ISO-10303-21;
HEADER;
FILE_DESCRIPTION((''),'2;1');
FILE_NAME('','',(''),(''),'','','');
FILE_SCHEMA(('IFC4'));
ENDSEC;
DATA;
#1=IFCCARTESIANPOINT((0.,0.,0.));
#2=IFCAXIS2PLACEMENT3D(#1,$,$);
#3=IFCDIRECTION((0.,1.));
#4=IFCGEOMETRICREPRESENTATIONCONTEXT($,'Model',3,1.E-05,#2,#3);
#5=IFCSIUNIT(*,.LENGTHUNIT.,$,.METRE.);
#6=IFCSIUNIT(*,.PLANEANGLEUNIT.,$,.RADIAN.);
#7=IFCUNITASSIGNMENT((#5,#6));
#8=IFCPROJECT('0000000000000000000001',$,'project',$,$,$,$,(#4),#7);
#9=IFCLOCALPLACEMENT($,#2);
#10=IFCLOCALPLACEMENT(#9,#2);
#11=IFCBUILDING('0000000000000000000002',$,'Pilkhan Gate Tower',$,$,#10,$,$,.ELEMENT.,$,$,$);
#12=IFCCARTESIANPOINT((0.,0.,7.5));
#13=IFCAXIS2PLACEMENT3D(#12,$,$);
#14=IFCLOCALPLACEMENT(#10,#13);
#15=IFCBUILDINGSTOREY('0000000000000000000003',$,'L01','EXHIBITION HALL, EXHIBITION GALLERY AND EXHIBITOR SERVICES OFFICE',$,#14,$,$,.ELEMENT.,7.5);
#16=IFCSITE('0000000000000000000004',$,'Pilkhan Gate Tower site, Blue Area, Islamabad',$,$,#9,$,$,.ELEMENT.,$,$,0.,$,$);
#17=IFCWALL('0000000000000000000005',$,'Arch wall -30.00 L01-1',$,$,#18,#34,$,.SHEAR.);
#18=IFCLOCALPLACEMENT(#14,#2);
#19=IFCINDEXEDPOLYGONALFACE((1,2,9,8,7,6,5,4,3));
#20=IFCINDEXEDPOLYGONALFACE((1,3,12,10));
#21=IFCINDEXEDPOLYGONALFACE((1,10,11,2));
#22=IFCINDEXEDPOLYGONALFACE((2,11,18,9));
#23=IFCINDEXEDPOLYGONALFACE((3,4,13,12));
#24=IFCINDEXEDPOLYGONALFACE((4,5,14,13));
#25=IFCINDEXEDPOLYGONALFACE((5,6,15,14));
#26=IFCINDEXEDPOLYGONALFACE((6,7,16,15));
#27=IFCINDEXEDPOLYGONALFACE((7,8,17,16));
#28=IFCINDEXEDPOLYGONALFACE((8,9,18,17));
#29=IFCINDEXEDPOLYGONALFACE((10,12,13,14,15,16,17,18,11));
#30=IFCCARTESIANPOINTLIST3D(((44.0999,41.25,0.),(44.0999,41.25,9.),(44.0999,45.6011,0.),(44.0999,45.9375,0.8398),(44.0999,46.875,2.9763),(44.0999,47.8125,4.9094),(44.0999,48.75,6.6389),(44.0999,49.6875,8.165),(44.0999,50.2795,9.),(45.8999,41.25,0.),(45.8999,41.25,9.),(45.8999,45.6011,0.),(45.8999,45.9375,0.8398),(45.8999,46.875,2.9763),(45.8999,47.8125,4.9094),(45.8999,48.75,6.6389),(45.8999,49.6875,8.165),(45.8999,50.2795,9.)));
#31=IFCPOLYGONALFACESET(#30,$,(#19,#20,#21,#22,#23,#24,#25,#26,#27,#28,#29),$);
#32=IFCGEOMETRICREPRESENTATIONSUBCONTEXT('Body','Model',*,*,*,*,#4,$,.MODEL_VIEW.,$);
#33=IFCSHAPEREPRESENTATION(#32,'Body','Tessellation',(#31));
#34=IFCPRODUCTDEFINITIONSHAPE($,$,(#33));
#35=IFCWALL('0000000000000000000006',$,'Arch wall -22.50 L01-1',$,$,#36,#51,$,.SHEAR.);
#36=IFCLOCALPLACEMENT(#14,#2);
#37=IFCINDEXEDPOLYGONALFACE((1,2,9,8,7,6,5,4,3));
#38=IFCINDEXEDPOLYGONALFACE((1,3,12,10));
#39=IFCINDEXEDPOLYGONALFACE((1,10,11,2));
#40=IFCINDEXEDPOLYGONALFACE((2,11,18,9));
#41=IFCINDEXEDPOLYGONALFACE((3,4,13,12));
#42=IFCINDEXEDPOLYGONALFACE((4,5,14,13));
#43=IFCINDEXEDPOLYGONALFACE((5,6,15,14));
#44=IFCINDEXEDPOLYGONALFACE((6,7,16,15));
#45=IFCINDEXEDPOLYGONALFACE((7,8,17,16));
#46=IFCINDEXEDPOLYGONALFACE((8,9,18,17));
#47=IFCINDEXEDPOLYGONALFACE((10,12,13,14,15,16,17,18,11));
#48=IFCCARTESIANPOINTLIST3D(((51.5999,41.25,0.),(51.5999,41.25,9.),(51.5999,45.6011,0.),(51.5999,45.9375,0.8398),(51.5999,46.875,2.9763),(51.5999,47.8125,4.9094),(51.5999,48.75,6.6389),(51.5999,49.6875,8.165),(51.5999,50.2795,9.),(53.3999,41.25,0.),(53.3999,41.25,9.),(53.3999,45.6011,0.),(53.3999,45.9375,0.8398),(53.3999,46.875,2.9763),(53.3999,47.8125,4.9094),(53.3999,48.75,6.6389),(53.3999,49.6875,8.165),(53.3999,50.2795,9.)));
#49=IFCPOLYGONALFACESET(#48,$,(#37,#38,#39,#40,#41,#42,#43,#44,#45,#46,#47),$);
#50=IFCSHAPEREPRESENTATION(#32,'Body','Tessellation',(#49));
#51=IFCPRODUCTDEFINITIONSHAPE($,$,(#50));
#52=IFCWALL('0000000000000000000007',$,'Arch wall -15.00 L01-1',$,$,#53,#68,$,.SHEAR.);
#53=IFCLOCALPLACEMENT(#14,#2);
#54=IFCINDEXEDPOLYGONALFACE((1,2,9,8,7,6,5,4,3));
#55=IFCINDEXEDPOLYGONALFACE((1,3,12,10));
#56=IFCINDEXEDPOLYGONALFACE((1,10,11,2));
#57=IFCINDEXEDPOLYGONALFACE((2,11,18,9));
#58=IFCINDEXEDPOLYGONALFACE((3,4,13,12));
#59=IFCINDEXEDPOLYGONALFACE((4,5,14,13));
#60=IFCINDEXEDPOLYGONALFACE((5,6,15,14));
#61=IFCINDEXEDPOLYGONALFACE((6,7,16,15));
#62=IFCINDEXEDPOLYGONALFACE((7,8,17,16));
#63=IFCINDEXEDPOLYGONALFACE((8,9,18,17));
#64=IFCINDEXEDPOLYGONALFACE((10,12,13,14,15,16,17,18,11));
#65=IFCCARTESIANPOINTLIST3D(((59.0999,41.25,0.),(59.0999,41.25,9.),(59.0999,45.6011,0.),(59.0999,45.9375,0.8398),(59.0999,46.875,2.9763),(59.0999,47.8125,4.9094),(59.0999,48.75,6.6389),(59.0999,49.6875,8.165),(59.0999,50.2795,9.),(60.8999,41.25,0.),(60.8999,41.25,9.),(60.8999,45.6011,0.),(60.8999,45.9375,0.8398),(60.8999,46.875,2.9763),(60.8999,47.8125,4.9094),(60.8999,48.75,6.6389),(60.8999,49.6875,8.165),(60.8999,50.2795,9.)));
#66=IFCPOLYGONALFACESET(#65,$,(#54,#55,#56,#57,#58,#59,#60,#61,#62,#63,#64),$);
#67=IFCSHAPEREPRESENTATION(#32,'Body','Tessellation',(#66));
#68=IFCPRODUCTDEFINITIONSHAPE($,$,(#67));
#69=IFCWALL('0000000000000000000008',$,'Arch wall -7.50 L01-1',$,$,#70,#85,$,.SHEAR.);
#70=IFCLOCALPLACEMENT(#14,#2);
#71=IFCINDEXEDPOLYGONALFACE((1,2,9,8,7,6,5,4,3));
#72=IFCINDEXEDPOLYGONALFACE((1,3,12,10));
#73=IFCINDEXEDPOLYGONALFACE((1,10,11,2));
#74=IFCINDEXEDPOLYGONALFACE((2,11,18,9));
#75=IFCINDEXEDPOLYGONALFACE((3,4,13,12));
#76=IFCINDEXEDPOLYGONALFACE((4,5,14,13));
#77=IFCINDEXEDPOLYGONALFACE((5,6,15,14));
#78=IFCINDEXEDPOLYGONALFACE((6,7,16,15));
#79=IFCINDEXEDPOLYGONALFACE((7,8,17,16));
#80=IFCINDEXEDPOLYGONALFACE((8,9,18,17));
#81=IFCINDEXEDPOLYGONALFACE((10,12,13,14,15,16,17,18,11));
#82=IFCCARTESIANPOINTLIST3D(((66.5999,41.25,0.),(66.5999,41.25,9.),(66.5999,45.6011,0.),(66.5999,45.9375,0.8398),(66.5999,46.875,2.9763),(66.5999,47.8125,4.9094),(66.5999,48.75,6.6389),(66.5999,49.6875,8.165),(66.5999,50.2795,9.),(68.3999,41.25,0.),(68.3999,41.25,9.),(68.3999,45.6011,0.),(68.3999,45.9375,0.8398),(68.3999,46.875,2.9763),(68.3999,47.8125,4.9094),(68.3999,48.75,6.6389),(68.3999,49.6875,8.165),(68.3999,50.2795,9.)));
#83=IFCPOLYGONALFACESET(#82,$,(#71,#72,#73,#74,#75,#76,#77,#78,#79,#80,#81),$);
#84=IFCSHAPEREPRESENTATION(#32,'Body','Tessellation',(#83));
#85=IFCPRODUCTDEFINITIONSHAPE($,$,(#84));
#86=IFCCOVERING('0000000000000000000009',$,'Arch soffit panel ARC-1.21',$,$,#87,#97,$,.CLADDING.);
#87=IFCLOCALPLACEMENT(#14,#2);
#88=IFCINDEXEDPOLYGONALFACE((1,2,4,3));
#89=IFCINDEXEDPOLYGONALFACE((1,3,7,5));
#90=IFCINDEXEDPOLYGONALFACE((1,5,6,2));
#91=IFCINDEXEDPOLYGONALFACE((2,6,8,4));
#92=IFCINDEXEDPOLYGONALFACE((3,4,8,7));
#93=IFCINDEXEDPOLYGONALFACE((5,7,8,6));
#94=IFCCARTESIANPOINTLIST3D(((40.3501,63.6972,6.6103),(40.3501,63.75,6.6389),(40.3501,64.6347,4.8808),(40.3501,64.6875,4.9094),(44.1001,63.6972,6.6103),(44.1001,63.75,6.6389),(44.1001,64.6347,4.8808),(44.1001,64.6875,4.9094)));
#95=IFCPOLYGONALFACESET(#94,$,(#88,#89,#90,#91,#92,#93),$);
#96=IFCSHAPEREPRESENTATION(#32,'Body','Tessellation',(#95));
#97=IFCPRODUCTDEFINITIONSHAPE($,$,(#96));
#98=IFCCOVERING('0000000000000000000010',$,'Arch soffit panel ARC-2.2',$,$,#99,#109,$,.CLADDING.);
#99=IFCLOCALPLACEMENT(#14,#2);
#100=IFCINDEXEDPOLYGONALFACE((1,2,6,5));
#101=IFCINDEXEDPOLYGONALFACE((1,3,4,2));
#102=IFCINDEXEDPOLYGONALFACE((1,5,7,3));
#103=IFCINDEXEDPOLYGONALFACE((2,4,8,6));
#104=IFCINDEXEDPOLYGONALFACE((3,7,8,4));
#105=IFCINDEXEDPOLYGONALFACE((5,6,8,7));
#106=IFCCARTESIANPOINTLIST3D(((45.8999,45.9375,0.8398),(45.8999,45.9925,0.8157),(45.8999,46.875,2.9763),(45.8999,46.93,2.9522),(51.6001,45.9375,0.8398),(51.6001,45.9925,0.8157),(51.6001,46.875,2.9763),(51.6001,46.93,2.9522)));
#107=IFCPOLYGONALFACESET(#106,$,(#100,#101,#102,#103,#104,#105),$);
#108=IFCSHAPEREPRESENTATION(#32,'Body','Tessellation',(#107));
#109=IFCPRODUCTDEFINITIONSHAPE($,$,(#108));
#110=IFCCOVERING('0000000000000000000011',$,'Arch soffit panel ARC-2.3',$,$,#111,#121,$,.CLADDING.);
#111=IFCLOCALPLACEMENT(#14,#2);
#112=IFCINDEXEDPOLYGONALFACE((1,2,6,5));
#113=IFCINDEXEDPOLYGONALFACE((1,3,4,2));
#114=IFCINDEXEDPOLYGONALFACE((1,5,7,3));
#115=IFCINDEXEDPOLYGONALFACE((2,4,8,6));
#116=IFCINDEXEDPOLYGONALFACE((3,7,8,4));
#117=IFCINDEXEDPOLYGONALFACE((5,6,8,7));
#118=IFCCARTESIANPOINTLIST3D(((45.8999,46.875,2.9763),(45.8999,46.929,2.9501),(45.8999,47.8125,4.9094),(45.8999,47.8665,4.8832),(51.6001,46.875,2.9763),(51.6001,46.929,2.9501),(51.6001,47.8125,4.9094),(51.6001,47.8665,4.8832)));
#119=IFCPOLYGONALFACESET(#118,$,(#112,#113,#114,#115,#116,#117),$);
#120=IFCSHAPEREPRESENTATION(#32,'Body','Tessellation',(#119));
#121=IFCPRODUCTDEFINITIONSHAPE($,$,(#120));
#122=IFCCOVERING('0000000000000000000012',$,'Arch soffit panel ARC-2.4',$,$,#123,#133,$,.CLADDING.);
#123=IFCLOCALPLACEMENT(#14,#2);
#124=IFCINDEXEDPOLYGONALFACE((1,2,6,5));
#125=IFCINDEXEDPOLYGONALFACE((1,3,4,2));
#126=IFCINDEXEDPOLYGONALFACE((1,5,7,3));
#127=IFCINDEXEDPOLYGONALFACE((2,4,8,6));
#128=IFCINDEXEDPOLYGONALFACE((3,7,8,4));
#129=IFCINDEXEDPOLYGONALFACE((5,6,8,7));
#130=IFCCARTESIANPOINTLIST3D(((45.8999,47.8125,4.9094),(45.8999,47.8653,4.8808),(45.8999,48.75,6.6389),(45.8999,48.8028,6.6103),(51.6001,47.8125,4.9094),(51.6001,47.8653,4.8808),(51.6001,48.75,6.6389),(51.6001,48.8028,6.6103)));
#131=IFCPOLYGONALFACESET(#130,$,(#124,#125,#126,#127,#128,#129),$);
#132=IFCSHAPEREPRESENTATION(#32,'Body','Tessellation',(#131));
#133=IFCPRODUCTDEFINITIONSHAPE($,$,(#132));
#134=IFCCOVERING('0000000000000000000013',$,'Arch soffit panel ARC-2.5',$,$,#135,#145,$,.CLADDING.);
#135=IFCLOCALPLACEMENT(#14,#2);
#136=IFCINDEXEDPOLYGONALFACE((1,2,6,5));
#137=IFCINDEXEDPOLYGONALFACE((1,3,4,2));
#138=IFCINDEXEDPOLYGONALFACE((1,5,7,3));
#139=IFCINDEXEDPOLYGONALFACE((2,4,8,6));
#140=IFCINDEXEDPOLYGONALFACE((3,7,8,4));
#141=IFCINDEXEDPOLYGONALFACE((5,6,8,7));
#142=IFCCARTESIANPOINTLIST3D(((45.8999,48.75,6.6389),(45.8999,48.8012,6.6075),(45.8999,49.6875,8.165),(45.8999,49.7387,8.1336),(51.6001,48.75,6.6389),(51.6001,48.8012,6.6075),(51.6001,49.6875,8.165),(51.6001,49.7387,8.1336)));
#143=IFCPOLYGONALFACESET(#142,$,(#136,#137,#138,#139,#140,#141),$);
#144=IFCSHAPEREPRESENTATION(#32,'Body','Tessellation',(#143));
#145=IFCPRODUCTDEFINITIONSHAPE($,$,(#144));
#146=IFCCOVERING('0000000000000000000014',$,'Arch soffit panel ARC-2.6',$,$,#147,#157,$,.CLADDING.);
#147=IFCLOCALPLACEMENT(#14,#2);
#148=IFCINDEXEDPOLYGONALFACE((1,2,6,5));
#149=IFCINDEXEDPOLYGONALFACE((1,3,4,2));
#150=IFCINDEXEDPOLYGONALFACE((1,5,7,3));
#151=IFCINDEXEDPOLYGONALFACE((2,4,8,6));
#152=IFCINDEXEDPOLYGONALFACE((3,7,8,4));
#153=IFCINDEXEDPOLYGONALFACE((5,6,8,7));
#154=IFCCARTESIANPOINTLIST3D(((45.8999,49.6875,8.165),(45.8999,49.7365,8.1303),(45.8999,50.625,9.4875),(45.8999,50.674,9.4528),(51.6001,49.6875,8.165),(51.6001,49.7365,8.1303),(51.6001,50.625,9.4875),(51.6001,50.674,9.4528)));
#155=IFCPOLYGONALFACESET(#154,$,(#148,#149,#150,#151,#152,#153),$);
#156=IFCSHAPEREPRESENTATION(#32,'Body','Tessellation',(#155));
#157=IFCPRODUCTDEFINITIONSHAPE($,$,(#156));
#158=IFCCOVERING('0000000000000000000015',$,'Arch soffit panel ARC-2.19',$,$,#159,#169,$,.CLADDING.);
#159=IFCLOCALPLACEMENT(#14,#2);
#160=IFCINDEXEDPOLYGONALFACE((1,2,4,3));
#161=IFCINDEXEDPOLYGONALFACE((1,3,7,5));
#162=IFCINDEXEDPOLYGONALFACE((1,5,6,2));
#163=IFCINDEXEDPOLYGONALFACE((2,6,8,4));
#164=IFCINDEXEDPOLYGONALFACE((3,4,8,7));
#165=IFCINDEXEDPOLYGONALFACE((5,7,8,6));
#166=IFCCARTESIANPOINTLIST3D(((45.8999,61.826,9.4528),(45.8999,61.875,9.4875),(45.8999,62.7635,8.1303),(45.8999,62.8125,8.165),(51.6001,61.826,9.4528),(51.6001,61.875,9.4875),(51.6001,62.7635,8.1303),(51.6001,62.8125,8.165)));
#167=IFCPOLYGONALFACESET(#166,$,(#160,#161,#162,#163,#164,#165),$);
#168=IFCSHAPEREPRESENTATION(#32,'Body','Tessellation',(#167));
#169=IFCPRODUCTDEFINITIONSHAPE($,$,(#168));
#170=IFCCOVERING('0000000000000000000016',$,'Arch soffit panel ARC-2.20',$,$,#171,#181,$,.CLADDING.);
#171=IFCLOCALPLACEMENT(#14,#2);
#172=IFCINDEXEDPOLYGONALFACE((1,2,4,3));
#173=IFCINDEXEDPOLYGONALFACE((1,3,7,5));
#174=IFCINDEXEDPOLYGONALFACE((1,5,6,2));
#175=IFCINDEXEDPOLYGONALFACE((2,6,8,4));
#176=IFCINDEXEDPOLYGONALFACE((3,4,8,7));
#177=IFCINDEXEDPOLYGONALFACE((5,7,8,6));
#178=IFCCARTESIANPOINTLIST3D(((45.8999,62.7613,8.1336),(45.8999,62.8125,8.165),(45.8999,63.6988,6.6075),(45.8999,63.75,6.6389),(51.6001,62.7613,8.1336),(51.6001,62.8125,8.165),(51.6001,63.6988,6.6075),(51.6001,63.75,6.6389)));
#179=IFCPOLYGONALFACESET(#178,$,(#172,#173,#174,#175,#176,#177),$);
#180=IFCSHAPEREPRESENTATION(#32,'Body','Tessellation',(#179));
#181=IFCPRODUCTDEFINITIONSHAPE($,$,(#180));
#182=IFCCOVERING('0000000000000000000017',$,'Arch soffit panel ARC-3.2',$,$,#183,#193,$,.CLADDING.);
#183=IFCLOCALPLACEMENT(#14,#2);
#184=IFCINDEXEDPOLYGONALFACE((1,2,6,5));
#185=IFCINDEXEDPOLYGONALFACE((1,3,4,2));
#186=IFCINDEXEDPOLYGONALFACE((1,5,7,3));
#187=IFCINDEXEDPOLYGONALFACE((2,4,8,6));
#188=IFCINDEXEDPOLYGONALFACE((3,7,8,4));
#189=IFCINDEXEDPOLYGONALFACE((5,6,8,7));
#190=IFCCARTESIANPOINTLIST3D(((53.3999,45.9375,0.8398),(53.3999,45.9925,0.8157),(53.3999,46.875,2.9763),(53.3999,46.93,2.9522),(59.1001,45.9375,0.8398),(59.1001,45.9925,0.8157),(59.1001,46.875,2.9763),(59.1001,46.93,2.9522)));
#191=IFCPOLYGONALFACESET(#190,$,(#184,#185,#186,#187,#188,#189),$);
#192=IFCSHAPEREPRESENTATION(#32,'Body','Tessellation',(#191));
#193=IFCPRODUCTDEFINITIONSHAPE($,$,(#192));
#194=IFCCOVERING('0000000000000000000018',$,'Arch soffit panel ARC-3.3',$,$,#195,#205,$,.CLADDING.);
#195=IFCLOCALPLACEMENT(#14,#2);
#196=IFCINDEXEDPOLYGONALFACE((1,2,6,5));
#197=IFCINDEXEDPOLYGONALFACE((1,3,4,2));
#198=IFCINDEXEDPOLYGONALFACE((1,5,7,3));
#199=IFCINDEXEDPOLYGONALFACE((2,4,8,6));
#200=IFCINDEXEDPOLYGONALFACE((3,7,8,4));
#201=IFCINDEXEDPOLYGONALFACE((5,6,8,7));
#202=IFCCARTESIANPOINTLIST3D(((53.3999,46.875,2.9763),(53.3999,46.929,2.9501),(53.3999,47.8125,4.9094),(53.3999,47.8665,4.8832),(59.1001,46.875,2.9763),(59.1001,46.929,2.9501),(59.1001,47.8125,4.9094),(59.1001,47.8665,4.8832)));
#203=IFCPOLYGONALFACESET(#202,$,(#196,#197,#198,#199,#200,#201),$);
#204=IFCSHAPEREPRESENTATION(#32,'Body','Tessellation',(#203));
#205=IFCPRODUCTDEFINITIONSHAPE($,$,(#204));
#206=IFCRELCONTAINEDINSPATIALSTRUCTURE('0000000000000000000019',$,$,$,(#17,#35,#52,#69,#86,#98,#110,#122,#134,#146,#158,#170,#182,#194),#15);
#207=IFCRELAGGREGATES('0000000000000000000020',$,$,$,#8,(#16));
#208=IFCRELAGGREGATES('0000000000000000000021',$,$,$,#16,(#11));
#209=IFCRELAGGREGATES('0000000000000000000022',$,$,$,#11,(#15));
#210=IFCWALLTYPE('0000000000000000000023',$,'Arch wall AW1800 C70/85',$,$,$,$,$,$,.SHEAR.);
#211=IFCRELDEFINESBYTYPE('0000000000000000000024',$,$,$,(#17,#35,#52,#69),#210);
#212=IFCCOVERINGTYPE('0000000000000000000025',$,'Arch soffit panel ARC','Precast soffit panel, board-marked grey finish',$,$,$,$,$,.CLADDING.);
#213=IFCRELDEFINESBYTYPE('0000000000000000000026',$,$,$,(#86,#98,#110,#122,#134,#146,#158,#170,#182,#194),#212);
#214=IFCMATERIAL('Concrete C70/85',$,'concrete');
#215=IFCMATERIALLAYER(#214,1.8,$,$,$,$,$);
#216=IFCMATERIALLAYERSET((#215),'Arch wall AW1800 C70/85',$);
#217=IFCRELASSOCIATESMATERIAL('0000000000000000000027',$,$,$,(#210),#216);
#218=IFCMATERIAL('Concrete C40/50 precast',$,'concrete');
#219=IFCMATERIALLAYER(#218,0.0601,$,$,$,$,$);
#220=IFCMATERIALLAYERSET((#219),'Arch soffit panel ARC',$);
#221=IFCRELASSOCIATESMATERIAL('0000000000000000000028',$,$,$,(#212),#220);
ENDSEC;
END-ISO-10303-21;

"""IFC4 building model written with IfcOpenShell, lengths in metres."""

from ifc_helpers import new_model, si_unit, direction, frame, origin, place, context, subcontext, project, spatial, polyline, outline, extrude, material, layer, layer_set, type_object, element, save


model = new_model("IFC4")

# Units and contexts
model_context = context("Model", 3, precision=1e-05, world=origin(), true_north=direction((0.0, 1.0)))
body_context = subcontext(model_context, "Body", "Model", "MODEL_VIEW")
ifc_project = project(units=[si_unit("LENGTHUNIT", "METRE"), si_unit("PLANEANGLEUNIT", "RADIAN")], contexts=[model_context])

# Site, building, storey
site_placement = place(None, origin())
site = spatial("IfcSite", under=ifc_project, at=site_placement, Name="Pilkhan Gate Tower site, Blue Area, Islamabad", CompositionType="ELEMENT", RefElevation=0.0)
building_placement = place(site_placement, origin())
building = spatial("IfcBuilding", under=site, at=building_placement, Name="Pilkhan Gate Tower", CompositionType="ELEMENT")
storey_placement = place(building_placement, frame((0.0, 0.0, 7.5)))
storey = spatial("IfcBuildingStorey", under=building, at=storey_placement, Name="L01", Description="EXHIBITION HALL, EXHIBITION GALLERY AND EXHIBITOR SERVICES OFFICE", CompositionType="ELEMENT", Elevation=7.5)

# Walls
ifc_material_1 = material(Name="Concrete C70/85", Category="concrete")
ifc_layer_1 = layer(ifc_material_1, 1.8)
ifc_layer_set_1 = layer_set([ifc_layer_1], Name="Arch wall AW1800 C70/85")
wall_type = type_object("IfcWallType", Name="Arch wall AW1800 C70/85", PredefinedType="SHEAR", material=ifc_layer_set_1)
for number, where, z_axis, x_axis, name in (
    (1, (45.8999, 50.2795, 9.0), (1.0, 0.0, 0.0), (0.0, -1.0, 0.0), "Arch wall -30.00 L01-1"),
    (2, (53.3999, 50.2795, 9.0), (1.0, 0.0, 0.0), (0.0, -1.0, 0.0), "Arch wall -22.50 L01-1"),
    (3, (60.8999, 50.2795, 9.0), (1.0, 0.0, 0.0), (0.0, -1.0, 0.0), "Arch wall -15.00 L01-1"),
    (4, (68.3999, 50.2795, 9.0), (1.0, 0.0, 0.0), (0.0, -1.0, 0.0), "Arch wall -7.50 L01-1"),
):
    element("IfcWall", number, at=place(storey_placement, frame(where, z_axis=z_axis, x_axis=x_axis)), inside=storey, type_object=wall_type, Name=name, PredefinedType="SHEAR", context=body_context, shape_type="SweptSolid", body=[
        extrude(outline(polyline([(0.0, 0.0), (9.0295, 0.0), (9.0295, 9.0), (4.6785, 9.0), (4.342, 8.1602), (3.4045, 6.0237), (2.467, 4.0906), (1.5295, 2.3611), (0.592, 0.835), (0.0, 0.0)])), origin(), (0.0, 0.0, -1.0), 1.8),
    ])

# Coverings
ifc_material_2 = material(Name="Concrete C40/50 precast", Category="concrete")
ifc_layer_2 = layer(ifc_material_2, 0.0601)
ifc_layer_set_2 = layer_set([ifc_layer_2], Name="Arch soffit panel ARC")
covering_type = type_object("IfcCoveringType", Name="Arch soffit panel ARC", Description="Precast soffit panel, board-marked grey finish", PredefinedType="CLADDING", material=ifc_layer_set_2)
covering_1_placement = place(storey_placement, frame((40.3501, 63.75, 6.6389), z_axis=(0.0, 0.879145, 0.476555), x_axis=(1.0, 0.0, 0.0)))
element("IfcCovering", 5, at=covering_1_placement, inside=storey, type_object=covering_type, Name="Arch soffit panel ARC-1.21", PredefinedType="CLADDING", context=body_context, shape_type="SweptSolid", body=[
    extrude(outline(polyline([(0.0, 0.0), (3.75, 0.0), (3.75, 1.9672), (0.0, 1.9672), (0.0, 0.0)])), origin(), (0.0, 0.0, -1.0), 0.0601),
])
covering_2_placement = place(storey_placement, frame((45.8999, 45.9375, 0.8398), z_axis=(0.0, -0.915717, 0.401823), x_axis=(1.0, 0.0, 0.0)))
element("IfcCovering", 6, at=covering_2_placement, inside=storey, type_object=covering_type, Name="Arch soffit panel ARC-2.2", PredefinedType="CLADDING", context=body_context, shape_type="SweptSolid", body=[
    extrude(outline(polyline([(0.0, 0.0), (5.7002, 0.0), (5.7002, 2.3331), (0.0, 2.3331), (0.0, 0.0)])), origin(), (0.0, 0.0, -1.0), 0.0601),
])
covering_3_placement = place(storey_placement, frame((45.8999, 46.875, 2.9763), z_axis=(0.0, -0.899771, 0.436363), x_axis=(1.0, 0.0, 0.0)))
element("IfcCovering", 7, at=covering_3_placement, inside=storey, type_object=covering_type, Name="Arch soffit panel ARC-2.3", PredefinedType="CLADDING", context=body_context, shape_type="SweptSolid", body=[
    extrude(outline(polyline([(0.0, 0.0), (5.7002, 0.0), (5.7002, 2.1484), (0.0, 2.1484), (0.0, 0.0)])), origin(), (0.0, 0.0, -1.0), 0.0601),
])
covering_4_placement = place(storey_placement, frame((45.8999, 47.8125, 4.9094), z_axis=(0.0, -0.879145, 0.476555), x_axis=(1.0, 0.0, 0.0)))
element("IfcCovering", 8, at=covering_4_placement, inside=storey, type_object=covering_type, Name="Arch soffit panel ARC-2.4", PredefinedType="CLADDING", context=body_context, shape_type="SweptSolid", body=[
    extrude(outline(polyline([(0.0, 0.0), (5.7002, 0.0), (5.7002, 1.9672), (0.0, 1.9672), (0.0, 0.0)])), origin(), (0.0, 0.0, -1.0), 0.0601),
])
covering_5_placement = place(storey_placement, frame((45.8999, 48.75, 6.6389), z_axis=(0.0, -0.85207, 0.523428), x_axis=(1.0, 0.0, 0.0)))
element("IfcCovering", 9, at=covering_5_placement, inside=storey, type_object=covering_type, Name="Arch soffit panel ARC-2.5", PredefinedType="CLADDING", context=body_context, shape_type="SweptSolid", body=[
    extrude(outline(polyline([(0.0, 0.0), (5.7002, 0.0), (5.7002, 1.7911), (0.0, 1.7911), (0.0, 0.0)])), origin(), (0.0, 0.0, -1.0), 0.0601),
])
for number, where, z_axis, x_axis, name in (
    (10, (45.8999, 49.6875, 8.165), (0.0, -0.815814, 0.578314), (1.0, 0.0, 0.0), "Arch soffit panel ARC-2.6"),
    (11, (45.8999, 61.875, 9.4875), (0.0, 0.815814, 0.578314), (1.0, 0.0, 0.0), "Arch soffit panel ARC-2.19"),
):
    element("IfcCovering", number, at=place(storey_placement, frame(where, z_axis=z_axis, x_axis=x_axis)), inside=storey, type_object=covering_type, Name=name, PredefinedType="CLADDING", context=body_context, shape_type="SweptSolid", body=[
        extrude(outline(polyline([(0.0, 0.0), (5.7002, 0.0), (5.7002, 1.6211), (0.0, 1.6211), (0.0, 0.0)])), origin(), (0.0, 0.0, -1.0), 0.0601),
    ])
covering_6_placement = place(storey_placement, frame((45.8999, 62.8125, 8.165), z_axis=(0.0, 0.85207, 0.523428), x_axis=(1.0, 0.0, 0.0)))
element("IfcCovering", 12, at=covering_6_placement, inside=storey, type_object=covering_type, Name="Arch soffit panel ARC-2.20", PredefinedType="CLADDING", context=body_context, shape_type="SweptSolid", body=[
    extrude(outline(polyline([(0.0, 0.0), (5.7002, 0.0), (5.7002, 1.7911), (0.0, 1.7911), (0.0, 0.0)])), origin(), (0.0, 0.0, -1.0), 0.0601),
])
covering_7_placement = place(storey_placement, frame((53.3999, 45.9375, 0.8398), z_axis=(0.0, -0.915717, 0.401823), x_axis=(1.0, 0.0, 0.0)))
element("IfcCovering", 13, at=covering_7_placement, inside=storey, type_object=covering_type, Name="Arch soffit panel ARC-3.2", PredefinedType="CLADDING", context=body_context, shape_type="SweptSolid", body=[
    extrude(outline(polyline([(0.0, 0.0), (5.7002, 0.0), (5.7002, 2.3331), (0.0, 2.3331), (0.0, 0.0)])), origin(), (0.0, 0.0, -1.0), 0.0601),
])
covering_8_placement = place(storey_placement, frame((53.3999, 46.875, 2.9763), z_axis=(0.0, -0.899771, 0.436363), x_axis=(1.0, 0.0, 0.0)))
element("IfcCovering", 14, at=covering_8_placement, inside=storey, type_object=covering_type, Name="Arch soffit panel ARC-3.3", PredefinedType="CLADDING", context=body_context, shape_type="SweptSolid", body=[
    extrude(outline(polyline([(0.0, 0.0), (5.7002, 0.0), (5.7002, 2.1484), (0.0, 2.1484), (0.0, 0.0)])), origin(), (0.0, 0.0, -1.0), 0.0601),
])

save(model, "model.ifc")
